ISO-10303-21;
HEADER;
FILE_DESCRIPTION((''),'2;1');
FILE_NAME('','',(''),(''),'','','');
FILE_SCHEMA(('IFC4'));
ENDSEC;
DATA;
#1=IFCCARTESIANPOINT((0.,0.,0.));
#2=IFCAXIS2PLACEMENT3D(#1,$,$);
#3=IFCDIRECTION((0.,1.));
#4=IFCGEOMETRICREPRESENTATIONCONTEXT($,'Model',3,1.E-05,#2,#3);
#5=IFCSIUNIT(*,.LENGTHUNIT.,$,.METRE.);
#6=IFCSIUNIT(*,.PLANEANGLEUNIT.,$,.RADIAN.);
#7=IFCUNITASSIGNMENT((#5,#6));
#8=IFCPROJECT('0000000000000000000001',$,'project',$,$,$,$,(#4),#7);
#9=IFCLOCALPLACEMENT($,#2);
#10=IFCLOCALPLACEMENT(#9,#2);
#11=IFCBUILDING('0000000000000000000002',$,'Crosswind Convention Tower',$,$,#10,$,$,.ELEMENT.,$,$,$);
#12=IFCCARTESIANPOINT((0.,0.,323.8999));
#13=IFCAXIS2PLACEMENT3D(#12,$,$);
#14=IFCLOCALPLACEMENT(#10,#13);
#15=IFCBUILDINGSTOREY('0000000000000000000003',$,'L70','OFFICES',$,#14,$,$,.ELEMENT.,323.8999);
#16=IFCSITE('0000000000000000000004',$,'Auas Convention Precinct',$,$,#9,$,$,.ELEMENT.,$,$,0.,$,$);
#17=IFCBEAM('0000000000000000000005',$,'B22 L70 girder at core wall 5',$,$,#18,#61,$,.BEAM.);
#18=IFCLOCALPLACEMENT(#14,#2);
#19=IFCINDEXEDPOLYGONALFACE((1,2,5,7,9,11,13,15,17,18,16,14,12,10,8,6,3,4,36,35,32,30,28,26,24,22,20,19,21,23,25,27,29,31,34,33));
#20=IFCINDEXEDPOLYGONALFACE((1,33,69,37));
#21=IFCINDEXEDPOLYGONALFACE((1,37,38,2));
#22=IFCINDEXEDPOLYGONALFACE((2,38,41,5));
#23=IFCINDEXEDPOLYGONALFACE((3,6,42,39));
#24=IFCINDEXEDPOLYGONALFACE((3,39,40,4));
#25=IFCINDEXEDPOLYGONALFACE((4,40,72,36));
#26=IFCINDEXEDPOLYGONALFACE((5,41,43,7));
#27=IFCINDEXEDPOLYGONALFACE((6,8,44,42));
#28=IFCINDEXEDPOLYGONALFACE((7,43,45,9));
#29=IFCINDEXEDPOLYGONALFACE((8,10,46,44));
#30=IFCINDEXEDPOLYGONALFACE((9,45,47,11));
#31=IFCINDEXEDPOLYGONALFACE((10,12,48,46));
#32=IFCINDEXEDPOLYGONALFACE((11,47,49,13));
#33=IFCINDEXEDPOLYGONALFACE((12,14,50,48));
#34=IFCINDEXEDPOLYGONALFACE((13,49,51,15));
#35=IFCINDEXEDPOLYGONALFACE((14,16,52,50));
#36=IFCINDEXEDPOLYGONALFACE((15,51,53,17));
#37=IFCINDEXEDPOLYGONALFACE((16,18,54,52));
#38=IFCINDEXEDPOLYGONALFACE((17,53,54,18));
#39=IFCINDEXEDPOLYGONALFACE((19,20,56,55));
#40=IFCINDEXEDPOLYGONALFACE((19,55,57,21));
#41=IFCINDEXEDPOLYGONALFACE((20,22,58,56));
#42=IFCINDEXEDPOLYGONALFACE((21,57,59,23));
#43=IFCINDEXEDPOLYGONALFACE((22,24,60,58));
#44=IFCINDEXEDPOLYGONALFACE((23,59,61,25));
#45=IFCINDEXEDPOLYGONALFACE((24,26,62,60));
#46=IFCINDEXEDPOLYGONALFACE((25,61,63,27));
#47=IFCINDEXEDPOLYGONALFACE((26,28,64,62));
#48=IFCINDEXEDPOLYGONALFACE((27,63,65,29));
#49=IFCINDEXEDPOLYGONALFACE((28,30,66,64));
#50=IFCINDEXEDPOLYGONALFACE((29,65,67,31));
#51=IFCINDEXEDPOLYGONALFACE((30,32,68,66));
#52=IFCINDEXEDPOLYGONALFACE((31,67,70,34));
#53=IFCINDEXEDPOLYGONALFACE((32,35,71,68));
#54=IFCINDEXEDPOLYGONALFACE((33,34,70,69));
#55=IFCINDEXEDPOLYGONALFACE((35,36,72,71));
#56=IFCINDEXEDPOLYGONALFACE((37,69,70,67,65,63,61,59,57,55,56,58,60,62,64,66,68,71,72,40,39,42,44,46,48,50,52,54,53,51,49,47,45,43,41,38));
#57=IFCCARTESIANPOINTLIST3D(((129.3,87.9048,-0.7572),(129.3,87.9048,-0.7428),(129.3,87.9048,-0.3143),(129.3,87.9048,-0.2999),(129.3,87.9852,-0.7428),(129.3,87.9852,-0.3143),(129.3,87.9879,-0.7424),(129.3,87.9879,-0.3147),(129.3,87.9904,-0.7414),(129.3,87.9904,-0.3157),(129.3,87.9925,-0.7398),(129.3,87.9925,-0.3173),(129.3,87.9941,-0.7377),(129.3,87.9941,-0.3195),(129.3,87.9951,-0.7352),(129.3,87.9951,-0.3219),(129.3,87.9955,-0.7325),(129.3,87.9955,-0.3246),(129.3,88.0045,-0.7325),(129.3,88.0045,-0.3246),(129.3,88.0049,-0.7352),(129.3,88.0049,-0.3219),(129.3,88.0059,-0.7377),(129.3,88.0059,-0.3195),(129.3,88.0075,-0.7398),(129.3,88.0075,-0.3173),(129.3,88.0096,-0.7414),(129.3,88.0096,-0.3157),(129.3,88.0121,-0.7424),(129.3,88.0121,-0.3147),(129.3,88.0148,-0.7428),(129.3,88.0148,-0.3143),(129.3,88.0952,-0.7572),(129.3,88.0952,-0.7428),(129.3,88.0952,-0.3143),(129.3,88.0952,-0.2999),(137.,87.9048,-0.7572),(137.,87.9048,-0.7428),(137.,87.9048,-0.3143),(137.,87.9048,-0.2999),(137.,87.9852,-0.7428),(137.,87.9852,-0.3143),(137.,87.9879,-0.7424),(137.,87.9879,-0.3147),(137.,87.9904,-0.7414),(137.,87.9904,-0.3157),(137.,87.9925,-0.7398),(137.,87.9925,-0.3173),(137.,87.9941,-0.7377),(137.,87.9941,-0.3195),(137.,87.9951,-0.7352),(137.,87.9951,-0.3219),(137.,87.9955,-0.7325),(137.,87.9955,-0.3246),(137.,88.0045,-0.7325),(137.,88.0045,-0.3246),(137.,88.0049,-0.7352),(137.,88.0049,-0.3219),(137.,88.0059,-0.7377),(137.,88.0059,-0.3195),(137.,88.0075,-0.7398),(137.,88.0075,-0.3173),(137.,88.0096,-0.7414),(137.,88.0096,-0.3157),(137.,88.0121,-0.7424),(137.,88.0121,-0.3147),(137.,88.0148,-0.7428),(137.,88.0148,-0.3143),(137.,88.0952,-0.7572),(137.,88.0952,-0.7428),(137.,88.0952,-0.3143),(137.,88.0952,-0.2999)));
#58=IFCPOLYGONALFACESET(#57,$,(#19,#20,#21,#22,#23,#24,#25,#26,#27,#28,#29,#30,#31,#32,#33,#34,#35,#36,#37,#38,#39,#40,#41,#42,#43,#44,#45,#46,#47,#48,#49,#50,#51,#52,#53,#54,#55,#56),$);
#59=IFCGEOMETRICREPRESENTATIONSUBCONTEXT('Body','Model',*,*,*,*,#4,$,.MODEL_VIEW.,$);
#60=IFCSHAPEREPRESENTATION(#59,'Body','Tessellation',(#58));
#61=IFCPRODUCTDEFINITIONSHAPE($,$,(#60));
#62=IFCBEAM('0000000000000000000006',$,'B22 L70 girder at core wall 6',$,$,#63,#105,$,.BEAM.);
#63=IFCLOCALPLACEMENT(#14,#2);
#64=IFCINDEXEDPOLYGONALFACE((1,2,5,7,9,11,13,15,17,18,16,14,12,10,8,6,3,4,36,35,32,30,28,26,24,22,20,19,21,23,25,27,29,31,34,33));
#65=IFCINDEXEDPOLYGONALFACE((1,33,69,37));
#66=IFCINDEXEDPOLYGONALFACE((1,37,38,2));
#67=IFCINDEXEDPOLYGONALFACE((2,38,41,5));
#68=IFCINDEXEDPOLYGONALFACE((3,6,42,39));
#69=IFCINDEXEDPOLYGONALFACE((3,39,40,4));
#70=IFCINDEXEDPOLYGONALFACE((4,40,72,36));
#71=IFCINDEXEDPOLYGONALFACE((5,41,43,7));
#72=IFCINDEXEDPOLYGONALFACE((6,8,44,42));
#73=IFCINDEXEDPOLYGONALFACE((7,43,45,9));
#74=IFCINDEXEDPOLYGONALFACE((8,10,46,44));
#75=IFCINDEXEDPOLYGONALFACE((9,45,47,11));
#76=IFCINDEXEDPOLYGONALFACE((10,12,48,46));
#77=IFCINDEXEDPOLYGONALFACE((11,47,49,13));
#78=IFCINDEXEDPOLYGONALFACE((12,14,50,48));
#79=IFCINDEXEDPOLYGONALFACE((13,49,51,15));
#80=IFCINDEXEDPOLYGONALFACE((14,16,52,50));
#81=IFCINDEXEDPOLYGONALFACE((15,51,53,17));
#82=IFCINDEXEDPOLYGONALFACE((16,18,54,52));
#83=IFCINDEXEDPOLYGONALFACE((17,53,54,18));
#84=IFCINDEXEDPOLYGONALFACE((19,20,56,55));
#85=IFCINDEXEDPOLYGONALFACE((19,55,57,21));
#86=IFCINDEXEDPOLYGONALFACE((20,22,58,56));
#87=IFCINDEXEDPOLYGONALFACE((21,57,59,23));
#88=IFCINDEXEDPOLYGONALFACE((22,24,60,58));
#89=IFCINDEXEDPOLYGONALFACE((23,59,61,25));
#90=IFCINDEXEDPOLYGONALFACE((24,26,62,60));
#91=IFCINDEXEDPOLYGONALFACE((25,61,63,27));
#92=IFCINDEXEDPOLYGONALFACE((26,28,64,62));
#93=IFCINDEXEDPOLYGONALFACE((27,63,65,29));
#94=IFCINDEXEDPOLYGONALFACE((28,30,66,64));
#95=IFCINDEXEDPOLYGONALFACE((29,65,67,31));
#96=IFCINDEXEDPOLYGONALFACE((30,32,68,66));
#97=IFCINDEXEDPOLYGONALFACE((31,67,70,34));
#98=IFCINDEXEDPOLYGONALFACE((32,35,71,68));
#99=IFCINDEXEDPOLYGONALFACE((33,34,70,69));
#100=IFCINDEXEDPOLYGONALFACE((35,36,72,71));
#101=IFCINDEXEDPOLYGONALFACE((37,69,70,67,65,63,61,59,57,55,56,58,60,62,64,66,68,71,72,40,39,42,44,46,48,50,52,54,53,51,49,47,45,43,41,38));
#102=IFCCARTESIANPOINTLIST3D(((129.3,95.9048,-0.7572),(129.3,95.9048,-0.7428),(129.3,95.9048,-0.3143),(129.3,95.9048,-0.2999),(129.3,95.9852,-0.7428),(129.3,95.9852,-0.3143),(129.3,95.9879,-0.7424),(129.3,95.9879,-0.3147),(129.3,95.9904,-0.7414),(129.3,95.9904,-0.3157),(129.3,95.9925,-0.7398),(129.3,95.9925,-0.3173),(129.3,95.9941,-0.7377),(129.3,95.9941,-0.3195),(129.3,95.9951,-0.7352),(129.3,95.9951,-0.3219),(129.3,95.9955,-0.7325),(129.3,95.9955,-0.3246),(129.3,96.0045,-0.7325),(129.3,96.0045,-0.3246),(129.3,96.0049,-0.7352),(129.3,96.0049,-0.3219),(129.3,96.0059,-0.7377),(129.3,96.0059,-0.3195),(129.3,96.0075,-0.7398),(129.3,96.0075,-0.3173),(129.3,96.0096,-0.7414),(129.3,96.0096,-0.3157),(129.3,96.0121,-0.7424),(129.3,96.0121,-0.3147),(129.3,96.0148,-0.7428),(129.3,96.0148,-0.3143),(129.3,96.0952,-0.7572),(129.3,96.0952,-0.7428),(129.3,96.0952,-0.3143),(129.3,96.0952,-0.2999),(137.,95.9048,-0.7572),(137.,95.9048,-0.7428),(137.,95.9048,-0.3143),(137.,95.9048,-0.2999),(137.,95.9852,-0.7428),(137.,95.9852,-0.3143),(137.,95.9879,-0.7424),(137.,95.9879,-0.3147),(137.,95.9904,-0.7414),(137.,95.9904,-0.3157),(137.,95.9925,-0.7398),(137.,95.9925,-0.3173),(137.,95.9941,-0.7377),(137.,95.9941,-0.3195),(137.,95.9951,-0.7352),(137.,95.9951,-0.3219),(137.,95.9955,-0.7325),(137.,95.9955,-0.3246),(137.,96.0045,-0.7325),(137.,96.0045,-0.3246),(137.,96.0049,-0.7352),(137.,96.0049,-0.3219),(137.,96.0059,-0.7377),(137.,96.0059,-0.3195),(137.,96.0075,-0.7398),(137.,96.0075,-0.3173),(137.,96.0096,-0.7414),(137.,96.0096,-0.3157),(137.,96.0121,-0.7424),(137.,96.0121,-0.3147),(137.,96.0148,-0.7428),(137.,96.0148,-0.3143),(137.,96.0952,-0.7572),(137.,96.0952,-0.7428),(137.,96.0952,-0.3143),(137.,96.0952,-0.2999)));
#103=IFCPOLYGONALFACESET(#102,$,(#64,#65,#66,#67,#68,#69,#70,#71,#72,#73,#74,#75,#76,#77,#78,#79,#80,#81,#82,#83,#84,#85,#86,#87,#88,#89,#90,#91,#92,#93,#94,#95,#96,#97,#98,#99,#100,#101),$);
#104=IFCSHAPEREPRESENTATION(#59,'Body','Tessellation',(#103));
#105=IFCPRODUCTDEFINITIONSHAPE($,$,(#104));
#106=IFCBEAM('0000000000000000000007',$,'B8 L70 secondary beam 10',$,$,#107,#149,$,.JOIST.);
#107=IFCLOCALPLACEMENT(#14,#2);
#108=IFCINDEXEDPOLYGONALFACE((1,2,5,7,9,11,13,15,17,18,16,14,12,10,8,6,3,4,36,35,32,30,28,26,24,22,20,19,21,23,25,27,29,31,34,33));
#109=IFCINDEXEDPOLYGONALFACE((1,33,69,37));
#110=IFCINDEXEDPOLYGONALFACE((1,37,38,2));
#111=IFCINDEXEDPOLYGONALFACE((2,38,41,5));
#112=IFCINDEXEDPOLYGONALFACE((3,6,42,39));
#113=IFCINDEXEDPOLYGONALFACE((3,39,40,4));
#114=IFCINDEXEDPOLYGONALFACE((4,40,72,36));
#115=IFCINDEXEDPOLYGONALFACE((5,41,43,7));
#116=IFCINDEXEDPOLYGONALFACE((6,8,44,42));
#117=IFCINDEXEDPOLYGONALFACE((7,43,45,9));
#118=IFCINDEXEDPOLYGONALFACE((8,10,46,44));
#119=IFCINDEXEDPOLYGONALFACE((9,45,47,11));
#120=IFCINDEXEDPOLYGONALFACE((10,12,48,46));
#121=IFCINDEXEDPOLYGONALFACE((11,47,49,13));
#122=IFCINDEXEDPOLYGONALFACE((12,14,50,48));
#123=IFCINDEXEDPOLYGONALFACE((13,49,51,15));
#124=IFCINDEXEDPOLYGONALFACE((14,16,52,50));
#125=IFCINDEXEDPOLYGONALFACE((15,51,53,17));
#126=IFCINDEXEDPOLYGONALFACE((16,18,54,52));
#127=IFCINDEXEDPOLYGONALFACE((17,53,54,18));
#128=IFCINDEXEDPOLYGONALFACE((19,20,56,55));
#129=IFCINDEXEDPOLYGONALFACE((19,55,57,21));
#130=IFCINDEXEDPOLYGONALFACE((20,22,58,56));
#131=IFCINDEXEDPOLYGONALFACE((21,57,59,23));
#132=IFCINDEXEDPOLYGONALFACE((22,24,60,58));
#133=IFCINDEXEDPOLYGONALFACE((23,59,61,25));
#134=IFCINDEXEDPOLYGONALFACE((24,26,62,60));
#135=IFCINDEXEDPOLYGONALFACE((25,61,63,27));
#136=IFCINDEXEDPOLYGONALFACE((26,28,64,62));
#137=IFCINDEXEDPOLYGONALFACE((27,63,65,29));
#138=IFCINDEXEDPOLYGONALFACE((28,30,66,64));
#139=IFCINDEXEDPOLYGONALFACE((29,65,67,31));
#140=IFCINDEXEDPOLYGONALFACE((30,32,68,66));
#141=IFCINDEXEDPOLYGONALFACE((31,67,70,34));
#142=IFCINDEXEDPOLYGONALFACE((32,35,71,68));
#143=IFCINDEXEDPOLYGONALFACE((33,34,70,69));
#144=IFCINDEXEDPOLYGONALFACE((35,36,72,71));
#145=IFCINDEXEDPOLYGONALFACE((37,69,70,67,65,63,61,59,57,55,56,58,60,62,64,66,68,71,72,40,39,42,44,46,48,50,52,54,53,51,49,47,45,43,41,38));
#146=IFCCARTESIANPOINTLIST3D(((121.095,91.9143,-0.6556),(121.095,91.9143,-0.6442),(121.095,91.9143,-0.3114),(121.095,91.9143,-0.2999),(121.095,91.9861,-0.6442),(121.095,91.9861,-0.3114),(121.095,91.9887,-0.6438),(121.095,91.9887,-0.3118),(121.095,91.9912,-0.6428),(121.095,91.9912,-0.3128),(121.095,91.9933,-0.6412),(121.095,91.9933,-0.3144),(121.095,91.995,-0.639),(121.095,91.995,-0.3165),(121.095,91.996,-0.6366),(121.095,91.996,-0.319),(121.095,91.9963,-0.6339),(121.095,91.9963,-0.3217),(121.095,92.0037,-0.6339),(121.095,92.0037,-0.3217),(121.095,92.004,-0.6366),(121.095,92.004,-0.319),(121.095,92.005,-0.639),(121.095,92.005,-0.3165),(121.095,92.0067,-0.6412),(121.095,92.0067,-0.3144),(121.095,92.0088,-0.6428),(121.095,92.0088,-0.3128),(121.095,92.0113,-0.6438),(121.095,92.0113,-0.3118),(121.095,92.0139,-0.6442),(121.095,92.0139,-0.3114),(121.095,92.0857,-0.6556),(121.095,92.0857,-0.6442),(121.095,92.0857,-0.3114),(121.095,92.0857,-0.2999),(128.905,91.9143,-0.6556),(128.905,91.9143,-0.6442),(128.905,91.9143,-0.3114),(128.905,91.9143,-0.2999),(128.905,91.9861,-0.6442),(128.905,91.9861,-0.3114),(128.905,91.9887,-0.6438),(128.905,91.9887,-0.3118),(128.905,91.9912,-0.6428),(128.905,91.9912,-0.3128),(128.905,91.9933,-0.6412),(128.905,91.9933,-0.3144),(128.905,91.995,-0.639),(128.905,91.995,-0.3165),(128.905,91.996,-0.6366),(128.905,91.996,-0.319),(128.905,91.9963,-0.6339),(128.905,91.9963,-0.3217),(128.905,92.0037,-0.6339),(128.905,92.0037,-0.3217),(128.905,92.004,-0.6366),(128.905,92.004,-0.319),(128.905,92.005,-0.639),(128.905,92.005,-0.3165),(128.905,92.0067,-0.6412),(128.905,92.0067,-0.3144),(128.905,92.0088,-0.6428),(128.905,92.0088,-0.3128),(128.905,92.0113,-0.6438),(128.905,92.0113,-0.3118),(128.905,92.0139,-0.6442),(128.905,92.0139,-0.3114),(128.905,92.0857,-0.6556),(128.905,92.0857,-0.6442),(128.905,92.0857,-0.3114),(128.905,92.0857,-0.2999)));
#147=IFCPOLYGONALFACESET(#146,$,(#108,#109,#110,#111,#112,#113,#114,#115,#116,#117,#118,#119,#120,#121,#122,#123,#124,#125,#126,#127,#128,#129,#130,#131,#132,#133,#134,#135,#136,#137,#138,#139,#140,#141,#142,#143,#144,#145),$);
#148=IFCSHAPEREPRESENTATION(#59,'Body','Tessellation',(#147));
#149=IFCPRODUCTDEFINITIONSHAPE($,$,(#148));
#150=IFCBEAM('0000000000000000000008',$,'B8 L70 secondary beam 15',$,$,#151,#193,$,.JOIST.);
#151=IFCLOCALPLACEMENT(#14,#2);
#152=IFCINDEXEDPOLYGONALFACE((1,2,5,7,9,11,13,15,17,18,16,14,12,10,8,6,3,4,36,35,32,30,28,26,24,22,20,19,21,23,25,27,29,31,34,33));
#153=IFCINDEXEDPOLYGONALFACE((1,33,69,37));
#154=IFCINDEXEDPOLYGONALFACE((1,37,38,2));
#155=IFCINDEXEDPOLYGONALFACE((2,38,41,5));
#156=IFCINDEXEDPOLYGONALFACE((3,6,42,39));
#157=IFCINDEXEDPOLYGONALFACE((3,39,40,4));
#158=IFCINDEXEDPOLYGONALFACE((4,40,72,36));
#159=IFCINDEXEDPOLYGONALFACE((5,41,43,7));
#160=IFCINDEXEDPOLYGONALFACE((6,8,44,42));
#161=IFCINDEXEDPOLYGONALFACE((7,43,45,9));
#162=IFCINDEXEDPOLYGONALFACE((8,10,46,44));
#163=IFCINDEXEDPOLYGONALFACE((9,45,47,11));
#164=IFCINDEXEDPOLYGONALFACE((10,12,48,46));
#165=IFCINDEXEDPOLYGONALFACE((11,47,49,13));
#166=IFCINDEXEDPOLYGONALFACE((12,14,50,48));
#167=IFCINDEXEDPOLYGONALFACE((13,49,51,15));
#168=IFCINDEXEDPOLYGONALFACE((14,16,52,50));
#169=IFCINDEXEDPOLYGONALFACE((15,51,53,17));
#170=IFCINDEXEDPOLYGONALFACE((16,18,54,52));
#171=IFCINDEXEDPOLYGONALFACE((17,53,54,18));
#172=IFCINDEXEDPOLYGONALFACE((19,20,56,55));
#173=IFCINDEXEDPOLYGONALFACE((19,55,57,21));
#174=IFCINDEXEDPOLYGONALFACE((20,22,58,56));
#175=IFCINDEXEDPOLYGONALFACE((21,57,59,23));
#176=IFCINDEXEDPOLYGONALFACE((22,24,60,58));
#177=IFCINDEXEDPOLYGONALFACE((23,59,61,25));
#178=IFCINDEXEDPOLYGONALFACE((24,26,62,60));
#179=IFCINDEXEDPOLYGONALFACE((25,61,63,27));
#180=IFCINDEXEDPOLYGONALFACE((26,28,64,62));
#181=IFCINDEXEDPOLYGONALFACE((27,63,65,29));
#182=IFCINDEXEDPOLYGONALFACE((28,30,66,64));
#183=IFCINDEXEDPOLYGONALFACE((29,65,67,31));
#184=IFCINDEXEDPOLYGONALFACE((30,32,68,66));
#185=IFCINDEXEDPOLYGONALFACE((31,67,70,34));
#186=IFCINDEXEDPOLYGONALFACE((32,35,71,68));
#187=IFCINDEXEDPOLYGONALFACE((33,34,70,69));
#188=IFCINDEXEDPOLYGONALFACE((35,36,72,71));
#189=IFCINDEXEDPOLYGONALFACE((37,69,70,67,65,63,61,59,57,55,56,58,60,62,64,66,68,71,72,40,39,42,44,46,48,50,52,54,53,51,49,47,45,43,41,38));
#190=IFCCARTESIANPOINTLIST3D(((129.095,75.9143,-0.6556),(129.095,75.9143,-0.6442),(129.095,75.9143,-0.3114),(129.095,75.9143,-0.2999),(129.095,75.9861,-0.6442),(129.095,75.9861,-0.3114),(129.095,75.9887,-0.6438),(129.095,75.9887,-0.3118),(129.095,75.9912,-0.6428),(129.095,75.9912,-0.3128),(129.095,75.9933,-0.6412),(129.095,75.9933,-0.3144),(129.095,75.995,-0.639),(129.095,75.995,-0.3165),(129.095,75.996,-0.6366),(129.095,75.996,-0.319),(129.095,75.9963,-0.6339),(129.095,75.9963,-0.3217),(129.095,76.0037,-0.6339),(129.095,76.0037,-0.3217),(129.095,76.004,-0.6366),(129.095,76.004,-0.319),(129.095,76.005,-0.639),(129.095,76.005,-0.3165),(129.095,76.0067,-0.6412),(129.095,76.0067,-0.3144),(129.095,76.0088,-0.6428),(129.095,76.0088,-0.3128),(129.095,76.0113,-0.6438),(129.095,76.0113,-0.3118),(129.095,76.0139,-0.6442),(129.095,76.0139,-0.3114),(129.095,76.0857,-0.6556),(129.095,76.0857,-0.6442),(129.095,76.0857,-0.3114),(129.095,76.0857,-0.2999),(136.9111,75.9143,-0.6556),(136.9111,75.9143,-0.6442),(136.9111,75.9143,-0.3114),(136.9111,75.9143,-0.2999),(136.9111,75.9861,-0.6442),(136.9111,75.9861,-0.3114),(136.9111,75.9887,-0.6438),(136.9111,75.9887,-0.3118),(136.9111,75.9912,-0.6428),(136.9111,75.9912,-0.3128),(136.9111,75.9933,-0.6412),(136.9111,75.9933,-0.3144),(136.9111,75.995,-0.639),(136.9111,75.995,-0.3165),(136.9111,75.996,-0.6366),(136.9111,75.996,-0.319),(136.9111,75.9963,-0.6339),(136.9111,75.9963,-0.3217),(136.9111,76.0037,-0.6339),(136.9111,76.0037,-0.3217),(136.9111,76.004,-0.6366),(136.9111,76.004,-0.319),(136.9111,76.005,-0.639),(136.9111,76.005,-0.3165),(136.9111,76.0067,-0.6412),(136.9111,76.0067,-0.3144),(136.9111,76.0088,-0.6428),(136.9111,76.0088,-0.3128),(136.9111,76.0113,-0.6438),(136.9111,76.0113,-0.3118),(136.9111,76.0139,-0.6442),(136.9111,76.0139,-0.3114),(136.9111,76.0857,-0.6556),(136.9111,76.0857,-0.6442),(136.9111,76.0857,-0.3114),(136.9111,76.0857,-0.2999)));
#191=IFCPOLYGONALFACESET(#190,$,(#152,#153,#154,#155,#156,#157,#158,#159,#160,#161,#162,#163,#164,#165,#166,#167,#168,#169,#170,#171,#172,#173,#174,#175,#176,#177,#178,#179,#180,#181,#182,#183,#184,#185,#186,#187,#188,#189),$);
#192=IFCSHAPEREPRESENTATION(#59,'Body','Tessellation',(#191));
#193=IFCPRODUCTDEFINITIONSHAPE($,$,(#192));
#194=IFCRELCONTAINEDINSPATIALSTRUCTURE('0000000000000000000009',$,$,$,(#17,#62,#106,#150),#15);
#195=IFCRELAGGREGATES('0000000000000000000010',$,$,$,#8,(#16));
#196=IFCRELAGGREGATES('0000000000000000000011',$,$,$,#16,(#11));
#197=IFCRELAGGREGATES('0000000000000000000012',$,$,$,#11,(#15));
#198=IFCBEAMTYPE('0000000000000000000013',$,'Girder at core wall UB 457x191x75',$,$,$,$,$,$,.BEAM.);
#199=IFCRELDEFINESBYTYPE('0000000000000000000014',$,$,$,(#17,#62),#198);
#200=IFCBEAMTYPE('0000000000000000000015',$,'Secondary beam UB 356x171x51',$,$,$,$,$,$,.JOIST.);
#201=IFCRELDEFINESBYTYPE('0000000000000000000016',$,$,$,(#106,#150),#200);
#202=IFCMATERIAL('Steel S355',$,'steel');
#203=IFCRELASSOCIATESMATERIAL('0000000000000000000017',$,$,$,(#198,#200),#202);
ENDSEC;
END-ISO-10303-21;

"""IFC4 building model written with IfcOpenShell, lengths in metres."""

from ifc_helpers import new_model, si_unit, direction, frame, origin, origin_2d, place, context, subcontext, project, spatial, i_section, extrude, material, material_profile, profile_set, type_object, element, save


model = new_model("IFC4")

# Units and contexts
model_context = context("Model", 3, precision=1e-05, world=origin(), true_north=direction((0.0, 1.0)))
body_context = subcontext(model_context, "Body", "Model", "MODEL_VIEW")
ifc_project = project(units=[si_unit("LENGTHUNIT", "METRE"), si_unit("PLANEANGLEUNIT", "RADIAN")], contexts=[model_context])

# Site, building, storey
site_placement = place(None, origin())
site = spatial("IfcSite", under=ifc_project, at=site_placement, Name="Auas Convention Precinct", CompositionType="ELEMENT", RefElevation=0.0)
building_placement = place(site_placement, origin())
building = spatial("IfcBuilding", under=site, at=building_placement, Name="Crosswind Convention Tower", CompositionType="ELEMENT")
storey_placement = place(building_placement, frame((0.0, 0.0, 323.8999)))
storey = spatial("IfcBuildingStorey", under=building, at=storey_placement, Name="L70", Description="OFFICES", CompositionType="ELEMENT", Elevation=323.8999)

# Beams
ifc_material_1 = material(Name="Steel S355", Category="steel")
ifc_material_profile_1 = material_profile(ifc_material_1, i_section(OverallWidth=0.1904, OverallDepth=0.4573, WebThickness=0.009, FlangeThickness=0.0144, FilletRadius=0.0103, at=origin_2d()), Name="UB 457x191x75")
ifc_profile_set_1 = profile_set([ifc_material_profile_1], Name="Steel S355")
beam_type_1 = type_object("IfcBeamType", Name="Girder at core wall UB 457x191x75", PredefinedType="BEAM", material=ifc_profile_set_1)
for number, where, z_axis, x_axis, name in (
    (1, (129.3, 88.0, -0.5286), (1.0, 0.0, 0.0), (0.0, 1.0, 0.0), "B22 L70 girder at core wall 5"),
    (2, (129.3, 96.0, -0.5286), (1.0, 0.0, 0.0), (0.0, 1.0, 0.0), "B22 L70 girder at core wall 6"),
):
    element("IfcBeam", number, at=place(storey_placement, frame(where, z_axis=z_axis, x_axis=x_axis)), inside=storey, type_object=beam_type_1, Name=name, PredefinedType="BEAM", context=body_context, shape_type="SweptSolid", body=[
        extrude(i_section(OverallWidth=0.1904, OverallDepth=0.4573, WebThickness=0.009, FlangeThickness=0.0144, FilletRadius=0.0103, at=origin_2d()), origin(), (0.0, 0.0, 1.0), 7.7),
    ])
ifc_material_profile_2 = material_profile(ifc_material_1, i_section(OverallWidth=0.1714, OverallDepth=0.3557, WebThickness=0.0073, FlangeThickness=0.0115, FilletRadius=0.0103, at=origin_2d()), Name="UB 356x171x51")
ifc_profile_set_2 = profile_set([ifc_material_profile_2], Name="Steel S355")
beam_type_2 = type_object("IfcBeamType", Name="Secondary beam UB 356x171x51", PredefinedType="JOIST", material=ifc_profile_set_2)
beam_1_placement = place(storey_placement, frame((121.095, 92.0, -0.4778), z_axis=(1.0, 0.0, 0.0), x_axis=(0.0, 1.0, 0.0)))
element("IfcBeam", 3, at=beam_1_placement, inside=storey, type_object=beam_type_2, Name="B8 L70 secondary beam 10", PredefinedType="JOIST", context=body_context, shape_type="SweptSolid", body=[
    extrude(i_section(OverallWidth=0.1714, OverallDepth=0.3557, WebThickness=0.0073, FlangeThickness=0.0115, FilletRadius=0.0103, at=origin_2d()), origin(), (0.0, 0.0, 1.0), 7.8101),
])
for number, where, z_axis, x_axis, name in (
    (4, (129.095, 76.0, -0.4778), (1.0, 0.0, 0.0), (0.0, 1.0, 0.0), "B8 L70 secondary beam 15"),
):
    element("IfcBeam", number, at=place(storey_placement, frame(where, z_axis=z_axis, x_axis=x_axis)), inside=storey, type_object=beam_type_2, Name=name, PredefinedType="JOIST", context=body_context, shape_type="SweptSolid", body=[
        extrude(i_section(OverallWidth=0.1714, OverallDepth=0.3557, WebThickness=0.0073, FlangeThickness=0.0115, FilletRadius=0.0103, at=origin_2d()), origin(), (0.0, 0.0, 1.0), 7.8162),
    ])

save(model, "model.ifc")
